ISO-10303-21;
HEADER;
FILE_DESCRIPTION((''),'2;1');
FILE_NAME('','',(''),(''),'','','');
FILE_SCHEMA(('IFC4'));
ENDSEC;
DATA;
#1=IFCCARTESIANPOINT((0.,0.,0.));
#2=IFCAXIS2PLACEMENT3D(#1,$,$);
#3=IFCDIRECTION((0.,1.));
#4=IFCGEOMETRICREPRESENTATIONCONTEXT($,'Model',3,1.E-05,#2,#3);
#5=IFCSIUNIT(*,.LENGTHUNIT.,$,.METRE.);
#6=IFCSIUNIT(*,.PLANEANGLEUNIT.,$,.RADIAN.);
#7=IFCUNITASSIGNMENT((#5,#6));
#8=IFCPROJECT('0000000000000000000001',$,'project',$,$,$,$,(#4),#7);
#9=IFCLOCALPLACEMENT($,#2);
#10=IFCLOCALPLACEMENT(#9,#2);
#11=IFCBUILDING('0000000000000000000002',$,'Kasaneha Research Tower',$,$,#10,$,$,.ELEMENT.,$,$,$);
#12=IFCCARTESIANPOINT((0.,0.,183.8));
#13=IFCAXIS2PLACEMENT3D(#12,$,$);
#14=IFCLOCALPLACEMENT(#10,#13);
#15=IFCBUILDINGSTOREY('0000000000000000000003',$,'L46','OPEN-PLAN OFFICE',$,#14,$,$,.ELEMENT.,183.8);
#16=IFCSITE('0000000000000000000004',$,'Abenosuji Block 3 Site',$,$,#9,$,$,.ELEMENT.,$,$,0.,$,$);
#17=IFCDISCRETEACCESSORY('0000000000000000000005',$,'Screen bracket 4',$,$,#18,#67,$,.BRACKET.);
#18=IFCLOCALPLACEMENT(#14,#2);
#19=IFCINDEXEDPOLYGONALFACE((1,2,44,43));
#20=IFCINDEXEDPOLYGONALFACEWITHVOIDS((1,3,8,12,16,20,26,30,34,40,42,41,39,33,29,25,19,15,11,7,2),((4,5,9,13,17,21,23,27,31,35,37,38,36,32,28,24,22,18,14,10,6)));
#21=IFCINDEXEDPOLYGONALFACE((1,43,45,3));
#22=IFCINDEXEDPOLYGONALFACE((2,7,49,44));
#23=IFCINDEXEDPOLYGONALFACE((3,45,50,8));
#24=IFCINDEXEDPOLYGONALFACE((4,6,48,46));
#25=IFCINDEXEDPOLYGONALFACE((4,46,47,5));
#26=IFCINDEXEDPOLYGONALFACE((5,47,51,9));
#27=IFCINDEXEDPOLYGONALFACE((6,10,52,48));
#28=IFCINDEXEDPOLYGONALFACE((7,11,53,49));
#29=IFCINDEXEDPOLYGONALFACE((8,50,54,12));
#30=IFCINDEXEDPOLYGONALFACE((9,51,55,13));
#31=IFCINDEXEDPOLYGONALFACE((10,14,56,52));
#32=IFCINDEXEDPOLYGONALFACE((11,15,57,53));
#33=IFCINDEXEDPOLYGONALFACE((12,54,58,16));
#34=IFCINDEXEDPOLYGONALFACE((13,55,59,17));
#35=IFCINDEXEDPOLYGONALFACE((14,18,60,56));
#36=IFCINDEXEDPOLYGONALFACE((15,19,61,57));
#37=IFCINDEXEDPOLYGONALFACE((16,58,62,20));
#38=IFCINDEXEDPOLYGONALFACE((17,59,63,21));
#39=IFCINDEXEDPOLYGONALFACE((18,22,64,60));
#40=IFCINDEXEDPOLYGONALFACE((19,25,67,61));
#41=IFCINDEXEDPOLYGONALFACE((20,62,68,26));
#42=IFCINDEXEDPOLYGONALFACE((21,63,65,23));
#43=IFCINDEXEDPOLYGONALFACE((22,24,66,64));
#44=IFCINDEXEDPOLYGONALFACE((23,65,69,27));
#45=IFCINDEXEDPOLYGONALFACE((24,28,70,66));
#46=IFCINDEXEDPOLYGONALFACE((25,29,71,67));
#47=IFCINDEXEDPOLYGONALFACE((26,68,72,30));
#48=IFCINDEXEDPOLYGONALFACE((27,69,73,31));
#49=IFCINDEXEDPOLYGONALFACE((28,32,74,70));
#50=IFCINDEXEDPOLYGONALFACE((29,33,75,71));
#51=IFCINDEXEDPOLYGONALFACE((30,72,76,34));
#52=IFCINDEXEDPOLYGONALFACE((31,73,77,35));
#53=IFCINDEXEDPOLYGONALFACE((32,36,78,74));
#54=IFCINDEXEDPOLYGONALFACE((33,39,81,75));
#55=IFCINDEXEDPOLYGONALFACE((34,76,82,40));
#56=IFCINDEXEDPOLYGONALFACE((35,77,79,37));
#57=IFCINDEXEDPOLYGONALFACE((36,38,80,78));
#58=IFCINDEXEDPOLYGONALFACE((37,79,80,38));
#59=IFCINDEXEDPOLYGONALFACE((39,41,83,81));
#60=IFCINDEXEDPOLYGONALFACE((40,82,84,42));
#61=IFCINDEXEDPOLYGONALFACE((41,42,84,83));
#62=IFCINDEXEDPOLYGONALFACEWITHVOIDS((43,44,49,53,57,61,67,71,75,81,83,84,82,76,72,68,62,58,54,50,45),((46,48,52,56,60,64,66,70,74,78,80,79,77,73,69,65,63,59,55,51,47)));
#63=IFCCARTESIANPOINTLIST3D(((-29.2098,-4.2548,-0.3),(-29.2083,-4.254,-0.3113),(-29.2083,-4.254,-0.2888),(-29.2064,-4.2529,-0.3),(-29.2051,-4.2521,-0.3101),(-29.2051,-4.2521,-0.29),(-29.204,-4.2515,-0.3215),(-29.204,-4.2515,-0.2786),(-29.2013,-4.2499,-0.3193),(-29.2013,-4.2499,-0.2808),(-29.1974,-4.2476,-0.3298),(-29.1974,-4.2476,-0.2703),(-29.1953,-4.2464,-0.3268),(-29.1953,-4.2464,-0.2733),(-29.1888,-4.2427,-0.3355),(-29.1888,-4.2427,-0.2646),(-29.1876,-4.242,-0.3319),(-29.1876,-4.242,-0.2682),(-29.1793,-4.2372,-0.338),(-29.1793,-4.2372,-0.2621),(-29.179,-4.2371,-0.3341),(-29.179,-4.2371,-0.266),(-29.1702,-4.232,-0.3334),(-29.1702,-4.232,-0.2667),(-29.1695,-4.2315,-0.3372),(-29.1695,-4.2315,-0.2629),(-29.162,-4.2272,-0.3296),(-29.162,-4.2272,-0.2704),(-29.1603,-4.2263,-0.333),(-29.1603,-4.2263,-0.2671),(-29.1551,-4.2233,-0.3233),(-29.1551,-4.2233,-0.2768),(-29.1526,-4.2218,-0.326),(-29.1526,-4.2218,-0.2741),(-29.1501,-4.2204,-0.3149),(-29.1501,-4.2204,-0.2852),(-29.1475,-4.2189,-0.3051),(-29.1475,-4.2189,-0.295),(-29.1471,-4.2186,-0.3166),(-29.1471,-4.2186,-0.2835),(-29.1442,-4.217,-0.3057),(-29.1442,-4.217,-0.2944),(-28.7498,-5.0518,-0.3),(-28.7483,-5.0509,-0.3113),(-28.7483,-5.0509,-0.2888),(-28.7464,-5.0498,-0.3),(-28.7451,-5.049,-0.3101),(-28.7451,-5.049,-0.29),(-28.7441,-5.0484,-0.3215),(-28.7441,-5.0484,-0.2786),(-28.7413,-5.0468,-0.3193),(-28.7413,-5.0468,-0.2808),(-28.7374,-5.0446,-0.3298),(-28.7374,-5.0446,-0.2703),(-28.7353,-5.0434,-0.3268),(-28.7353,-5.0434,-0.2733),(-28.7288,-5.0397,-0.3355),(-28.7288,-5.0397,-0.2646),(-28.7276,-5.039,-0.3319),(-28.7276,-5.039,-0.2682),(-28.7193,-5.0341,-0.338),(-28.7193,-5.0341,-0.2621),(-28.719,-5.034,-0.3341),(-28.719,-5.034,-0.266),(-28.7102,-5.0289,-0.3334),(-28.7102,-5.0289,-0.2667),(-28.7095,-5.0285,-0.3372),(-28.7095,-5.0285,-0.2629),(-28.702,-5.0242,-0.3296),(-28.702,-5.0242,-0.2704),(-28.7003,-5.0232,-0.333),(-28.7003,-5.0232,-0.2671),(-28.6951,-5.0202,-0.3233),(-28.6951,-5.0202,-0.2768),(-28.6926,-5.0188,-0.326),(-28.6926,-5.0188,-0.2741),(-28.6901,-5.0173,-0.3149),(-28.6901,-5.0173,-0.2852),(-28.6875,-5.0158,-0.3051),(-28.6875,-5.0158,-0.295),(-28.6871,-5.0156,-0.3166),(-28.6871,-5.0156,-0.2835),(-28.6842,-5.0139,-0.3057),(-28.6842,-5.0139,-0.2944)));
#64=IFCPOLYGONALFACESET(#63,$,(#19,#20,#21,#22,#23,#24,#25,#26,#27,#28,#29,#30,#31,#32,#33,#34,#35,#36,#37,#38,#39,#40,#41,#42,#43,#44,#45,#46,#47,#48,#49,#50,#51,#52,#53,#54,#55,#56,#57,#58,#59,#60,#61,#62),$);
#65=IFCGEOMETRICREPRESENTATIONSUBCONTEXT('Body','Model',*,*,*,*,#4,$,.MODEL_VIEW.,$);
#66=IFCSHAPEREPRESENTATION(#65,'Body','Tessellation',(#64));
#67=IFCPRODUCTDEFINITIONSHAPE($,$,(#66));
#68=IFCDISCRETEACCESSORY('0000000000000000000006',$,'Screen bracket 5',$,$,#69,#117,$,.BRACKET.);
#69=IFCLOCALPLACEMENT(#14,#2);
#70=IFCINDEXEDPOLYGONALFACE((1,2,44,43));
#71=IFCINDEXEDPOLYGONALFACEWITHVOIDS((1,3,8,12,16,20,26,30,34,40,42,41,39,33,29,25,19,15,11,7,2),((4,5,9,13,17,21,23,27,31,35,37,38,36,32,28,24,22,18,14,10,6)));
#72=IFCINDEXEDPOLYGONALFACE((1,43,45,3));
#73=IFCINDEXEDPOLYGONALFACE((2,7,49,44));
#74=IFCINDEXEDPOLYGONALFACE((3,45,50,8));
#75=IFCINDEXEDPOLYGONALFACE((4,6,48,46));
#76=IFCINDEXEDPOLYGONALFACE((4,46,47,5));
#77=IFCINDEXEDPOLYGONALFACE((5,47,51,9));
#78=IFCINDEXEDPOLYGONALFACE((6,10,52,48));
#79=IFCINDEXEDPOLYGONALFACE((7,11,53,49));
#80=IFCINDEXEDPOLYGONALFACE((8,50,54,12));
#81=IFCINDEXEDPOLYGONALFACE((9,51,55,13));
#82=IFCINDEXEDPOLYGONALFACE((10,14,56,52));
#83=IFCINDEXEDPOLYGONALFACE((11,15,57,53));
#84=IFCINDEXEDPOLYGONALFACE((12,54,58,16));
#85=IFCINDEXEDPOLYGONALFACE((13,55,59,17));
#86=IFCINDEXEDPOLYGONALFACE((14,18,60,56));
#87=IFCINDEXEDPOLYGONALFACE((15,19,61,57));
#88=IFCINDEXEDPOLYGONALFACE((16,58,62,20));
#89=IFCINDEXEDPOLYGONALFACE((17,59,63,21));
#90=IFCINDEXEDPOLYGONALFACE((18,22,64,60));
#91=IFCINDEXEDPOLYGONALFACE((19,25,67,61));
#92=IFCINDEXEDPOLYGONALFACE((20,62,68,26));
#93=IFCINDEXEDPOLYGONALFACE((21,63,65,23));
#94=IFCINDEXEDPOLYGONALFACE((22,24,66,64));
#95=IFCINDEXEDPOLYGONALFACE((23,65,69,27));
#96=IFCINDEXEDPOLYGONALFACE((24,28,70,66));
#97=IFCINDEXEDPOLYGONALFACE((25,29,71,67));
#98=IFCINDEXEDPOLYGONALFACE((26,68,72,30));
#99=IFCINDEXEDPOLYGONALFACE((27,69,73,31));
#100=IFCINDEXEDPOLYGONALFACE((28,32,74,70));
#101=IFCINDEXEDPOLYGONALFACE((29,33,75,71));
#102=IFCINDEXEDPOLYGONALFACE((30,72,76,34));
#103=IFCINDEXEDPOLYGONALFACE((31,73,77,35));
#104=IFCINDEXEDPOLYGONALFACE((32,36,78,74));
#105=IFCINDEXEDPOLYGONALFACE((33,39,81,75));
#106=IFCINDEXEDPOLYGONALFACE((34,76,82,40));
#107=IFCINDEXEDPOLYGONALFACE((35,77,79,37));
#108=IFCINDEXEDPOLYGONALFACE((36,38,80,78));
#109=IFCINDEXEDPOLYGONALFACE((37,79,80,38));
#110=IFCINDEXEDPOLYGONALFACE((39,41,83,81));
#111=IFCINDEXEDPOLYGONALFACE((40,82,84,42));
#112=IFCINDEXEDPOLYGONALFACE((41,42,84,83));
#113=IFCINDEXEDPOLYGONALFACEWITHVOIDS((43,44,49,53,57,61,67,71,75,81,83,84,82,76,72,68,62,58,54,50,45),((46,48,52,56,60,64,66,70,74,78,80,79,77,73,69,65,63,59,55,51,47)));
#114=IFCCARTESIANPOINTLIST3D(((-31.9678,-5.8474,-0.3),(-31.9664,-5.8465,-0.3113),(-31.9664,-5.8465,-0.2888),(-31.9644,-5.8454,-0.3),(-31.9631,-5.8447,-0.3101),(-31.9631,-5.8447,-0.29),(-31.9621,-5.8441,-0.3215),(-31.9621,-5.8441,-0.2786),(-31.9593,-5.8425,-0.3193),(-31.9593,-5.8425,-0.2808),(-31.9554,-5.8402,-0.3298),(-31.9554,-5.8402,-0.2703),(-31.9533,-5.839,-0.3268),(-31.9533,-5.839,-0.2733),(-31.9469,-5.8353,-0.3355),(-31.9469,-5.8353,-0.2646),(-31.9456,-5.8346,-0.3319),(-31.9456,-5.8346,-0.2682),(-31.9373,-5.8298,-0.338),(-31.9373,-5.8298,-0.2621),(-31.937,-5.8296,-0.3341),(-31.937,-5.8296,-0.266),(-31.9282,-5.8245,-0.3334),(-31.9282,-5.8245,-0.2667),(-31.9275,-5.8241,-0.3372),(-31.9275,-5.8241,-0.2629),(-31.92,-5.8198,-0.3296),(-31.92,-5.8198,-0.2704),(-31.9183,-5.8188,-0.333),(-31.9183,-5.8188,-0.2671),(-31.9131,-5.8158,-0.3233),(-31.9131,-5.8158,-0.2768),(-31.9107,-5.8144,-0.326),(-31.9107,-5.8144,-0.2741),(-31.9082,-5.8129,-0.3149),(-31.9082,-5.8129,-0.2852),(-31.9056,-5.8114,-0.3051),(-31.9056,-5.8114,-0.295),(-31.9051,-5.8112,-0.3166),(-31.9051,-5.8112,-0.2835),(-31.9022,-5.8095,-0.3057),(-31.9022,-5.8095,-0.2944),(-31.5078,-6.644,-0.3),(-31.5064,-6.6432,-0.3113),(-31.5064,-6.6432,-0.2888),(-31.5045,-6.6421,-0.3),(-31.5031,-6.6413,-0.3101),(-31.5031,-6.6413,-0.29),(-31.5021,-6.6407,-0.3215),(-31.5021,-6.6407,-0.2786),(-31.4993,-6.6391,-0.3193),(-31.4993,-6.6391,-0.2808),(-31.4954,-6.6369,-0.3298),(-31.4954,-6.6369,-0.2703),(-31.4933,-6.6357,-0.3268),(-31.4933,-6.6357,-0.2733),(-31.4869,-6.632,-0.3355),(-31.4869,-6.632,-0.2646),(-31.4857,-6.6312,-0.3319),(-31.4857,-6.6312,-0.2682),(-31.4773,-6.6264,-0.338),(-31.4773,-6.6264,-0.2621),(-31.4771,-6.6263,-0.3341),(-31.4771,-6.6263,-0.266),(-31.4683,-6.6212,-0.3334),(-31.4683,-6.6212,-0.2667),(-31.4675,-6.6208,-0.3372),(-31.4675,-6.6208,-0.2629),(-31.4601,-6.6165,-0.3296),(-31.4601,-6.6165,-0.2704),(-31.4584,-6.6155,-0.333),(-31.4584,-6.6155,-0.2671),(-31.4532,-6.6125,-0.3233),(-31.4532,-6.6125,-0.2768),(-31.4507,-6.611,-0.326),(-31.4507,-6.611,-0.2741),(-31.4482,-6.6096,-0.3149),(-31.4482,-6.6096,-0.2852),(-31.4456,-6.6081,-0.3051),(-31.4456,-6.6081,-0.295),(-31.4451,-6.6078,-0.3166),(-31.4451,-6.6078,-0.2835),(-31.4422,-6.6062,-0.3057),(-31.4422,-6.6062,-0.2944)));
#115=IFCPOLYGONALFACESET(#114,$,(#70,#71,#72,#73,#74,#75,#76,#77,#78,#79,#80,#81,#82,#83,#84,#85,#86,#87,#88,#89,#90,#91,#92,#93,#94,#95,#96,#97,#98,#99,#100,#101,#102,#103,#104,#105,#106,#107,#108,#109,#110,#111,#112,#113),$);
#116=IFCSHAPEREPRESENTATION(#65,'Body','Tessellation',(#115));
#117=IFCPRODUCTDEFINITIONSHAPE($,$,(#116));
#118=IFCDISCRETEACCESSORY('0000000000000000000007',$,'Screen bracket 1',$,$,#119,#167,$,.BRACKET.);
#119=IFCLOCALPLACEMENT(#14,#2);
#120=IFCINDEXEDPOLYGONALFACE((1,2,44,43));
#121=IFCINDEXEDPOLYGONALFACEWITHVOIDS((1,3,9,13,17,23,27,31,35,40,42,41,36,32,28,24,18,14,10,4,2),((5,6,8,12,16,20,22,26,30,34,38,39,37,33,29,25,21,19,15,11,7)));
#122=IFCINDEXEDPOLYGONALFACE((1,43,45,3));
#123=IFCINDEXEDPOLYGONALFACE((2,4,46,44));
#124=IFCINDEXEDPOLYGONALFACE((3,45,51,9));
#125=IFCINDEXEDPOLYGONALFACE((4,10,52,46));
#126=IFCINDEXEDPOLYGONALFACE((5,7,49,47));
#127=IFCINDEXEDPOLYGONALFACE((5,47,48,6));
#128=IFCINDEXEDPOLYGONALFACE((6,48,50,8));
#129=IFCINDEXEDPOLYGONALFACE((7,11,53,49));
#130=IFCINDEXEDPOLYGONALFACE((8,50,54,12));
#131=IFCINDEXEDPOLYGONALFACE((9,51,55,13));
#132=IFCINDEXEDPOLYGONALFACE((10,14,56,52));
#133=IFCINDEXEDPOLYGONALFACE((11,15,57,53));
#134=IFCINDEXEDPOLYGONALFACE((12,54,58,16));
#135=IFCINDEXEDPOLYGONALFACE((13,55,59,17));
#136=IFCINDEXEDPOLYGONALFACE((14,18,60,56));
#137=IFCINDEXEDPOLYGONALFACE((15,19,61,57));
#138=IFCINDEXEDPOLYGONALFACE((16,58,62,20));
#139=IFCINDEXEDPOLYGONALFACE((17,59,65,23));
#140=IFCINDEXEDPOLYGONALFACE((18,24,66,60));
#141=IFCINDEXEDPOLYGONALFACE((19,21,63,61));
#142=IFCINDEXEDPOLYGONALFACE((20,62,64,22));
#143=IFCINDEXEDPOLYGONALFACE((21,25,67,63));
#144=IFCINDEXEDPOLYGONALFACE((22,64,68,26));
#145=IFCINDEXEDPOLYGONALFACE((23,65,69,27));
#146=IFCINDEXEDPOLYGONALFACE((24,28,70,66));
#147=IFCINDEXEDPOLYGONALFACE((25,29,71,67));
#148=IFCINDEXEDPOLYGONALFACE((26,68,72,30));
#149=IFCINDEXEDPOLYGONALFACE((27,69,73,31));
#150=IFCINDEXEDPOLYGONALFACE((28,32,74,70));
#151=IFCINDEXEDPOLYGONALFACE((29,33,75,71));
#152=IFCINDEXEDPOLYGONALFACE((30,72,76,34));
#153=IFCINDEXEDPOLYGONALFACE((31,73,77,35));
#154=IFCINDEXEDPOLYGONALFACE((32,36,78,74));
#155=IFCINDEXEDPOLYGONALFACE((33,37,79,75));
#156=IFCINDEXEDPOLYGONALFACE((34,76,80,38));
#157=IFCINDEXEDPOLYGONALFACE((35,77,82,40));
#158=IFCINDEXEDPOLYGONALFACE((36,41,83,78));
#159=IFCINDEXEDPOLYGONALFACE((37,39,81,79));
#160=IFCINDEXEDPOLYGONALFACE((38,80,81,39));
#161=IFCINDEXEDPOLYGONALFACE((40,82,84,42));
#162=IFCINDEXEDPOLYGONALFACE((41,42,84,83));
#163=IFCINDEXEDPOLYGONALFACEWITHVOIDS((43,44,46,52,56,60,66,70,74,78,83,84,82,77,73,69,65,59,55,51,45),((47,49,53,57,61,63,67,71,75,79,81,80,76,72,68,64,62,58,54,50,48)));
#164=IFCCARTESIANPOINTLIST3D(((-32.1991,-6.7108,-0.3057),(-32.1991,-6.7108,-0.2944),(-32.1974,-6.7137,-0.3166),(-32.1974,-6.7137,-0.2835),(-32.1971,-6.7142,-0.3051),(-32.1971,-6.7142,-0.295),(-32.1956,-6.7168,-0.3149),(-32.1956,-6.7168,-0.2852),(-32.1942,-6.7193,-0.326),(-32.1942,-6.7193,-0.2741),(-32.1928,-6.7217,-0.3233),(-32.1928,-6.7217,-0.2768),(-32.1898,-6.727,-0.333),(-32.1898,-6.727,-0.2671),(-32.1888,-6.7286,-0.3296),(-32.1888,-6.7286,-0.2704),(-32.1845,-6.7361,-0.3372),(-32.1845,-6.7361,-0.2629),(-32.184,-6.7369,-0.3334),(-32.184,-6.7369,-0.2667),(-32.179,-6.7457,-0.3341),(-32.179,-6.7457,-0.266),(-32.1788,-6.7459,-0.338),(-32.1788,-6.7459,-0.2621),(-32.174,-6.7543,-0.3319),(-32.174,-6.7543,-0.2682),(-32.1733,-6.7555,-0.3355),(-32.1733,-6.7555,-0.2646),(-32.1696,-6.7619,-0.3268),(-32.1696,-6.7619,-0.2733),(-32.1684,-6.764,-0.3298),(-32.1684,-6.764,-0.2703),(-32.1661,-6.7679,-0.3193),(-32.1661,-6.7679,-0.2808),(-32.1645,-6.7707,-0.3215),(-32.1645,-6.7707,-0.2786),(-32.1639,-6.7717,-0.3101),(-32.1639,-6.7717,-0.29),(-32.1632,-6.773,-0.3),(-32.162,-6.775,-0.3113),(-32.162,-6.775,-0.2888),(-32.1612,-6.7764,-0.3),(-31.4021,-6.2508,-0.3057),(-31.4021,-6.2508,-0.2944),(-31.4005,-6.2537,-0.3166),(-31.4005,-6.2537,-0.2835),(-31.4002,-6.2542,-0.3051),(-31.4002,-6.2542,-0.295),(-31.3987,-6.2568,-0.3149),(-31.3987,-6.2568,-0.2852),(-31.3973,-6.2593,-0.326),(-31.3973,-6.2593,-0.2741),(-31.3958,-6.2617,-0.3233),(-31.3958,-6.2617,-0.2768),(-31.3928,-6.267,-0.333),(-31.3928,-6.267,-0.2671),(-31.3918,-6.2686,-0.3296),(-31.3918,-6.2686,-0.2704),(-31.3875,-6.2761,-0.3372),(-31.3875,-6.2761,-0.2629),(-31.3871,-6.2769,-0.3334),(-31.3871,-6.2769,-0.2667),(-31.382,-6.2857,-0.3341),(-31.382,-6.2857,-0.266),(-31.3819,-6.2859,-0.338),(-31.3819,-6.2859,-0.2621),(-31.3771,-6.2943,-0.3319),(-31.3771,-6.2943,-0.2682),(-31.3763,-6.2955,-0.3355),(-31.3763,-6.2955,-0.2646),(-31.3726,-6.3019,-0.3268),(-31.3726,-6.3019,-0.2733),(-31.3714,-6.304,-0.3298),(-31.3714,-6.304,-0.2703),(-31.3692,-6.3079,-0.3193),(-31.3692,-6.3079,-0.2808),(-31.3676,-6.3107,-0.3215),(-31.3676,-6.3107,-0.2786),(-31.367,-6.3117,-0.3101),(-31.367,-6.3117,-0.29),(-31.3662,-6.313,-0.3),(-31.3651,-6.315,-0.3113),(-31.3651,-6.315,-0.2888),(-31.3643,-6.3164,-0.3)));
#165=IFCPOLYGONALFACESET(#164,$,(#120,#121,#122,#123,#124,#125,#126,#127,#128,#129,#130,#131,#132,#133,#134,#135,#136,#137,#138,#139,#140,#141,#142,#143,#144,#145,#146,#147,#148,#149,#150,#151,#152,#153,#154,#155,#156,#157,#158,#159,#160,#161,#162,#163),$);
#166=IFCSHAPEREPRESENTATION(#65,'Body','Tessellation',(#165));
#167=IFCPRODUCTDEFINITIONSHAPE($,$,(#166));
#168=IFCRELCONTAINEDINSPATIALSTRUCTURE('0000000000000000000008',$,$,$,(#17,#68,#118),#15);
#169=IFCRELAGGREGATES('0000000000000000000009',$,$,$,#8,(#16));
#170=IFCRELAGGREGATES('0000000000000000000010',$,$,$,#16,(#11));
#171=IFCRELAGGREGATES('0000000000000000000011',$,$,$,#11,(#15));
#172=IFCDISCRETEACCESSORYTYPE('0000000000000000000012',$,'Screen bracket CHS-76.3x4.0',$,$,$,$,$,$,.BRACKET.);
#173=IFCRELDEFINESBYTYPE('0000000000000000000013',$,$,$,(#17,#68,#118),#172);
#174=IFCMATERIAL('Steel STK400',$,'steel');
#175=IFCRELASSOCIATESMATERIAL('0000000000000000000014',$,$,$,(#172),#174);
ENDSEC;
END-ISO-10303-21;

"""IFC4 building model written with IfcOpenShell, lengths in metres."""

from ifc_helpers import new_model, si_unit, direction, frame, origin, origin_2d, place, context, subcontext, project, spatial, hollow_circle, extrude, material, material_profile, profile_set, type_object, element, save


model = new_model("IFC4")

# Units and contexts
model_context = context("Model", 3, precision=1e-05, world=origin(), true_north=direction((0.0, 1.0)))
body_context = subcontext(model_context, "Body", "Model", "MODEL_VIEW")
ifc_project = project(units=[si_unit("LENGTHUNIT", "METRE"), si_unit("PLANEANGLEUNIT", "RADIAN")], contexts=[model_context])

# Site, building, storey
site_placement = place(None, origin())
site = spatial("IfcSite", under=ifc_project, at=site_placement, Name="Abenosuji Block 3 Site", CompositionType="ELEMENT", RefElevation=0.0)
building_placement = place(site_placement, origin())
building = spatial("IfcBuilding", under=site, at=building_placement, Name="Kasaneha Research Tower", CompositionType="ELEMENT")
storey_placement = place(building_placement, frame((0.0, 0.0, 183.8)))
storey = spatial("IfcBuildingStorey", under=building, at=storey_placement, Name="L46", Description="OPEN-PLAN OFFICE", CompositionType="ELEMENT", Elevation=183.8)

# Discrete accessories
ifc_material_1 = material(Name="Steel STK400", Category="steel")
ifc_material_profile_1 = material_profile(ifc_material_1, hollow_circle(Radius=0.0381, WallThickness=0.0039, at=origin_2d()), Name="CHS-76.3x4.0")
ifc_profile_set_1 = profile_set([ifc_material_profile_1], Name="Steel STK400")
discrete_accessory_type = type_object("IfcDiscreteAccessoryType", Name="Screen bracket CHS-76.3x4.0", PredefinedType="BRACKET", material=ifc_profile_set_1)
discrete_accessory_1_placement = place(storey_placement, frame((-28.7168, -5.0327, -0.3), z_axis=(-0.499906, 0.86608, 0.0), x_axis=(-0.86608, -0.499906, 0.0)))
element("IfcDiscreteAccessory", 1, at=discrete_accessory_1_placement, inside=storey, type_object=discrete_accessory_type, Name="Screen bracket 4", PredefinedType="BRACKET", context=body_context, shape_type="SweptSolid", body=[
    extrude(hollow_circle(Radius=0.0381, WallThickness=0.0039, at=origin_2d()), origin(), (0.0, 0.0, 1.0), 0.9202),
])
discrete_accessory_2_placement = place(storey_placement, frame((-31.4749, -6.625, -0.3), z_axis=(-0.500021, 0.866013, 0.0), x_axis=(-0.866013, -0.500021, 0.0)))
element("IfcDiscreteAccessory", 2, at=discrete_accessory_2_placement, inside=storey, type_object=discrete_accessory_type, Name="Screen bracket 5", PredefinedType="BRACKET", context=body_context, shape_type="SweptSolid", body=[
    extrude(hollow_circle(Radius=0.0381, WallThickness=0.0039, at=origin_2d()), origin(), (0.0, 0.0, 1.0), 0.9199),
])
discrete_accessory_3_placement = place(storey_placement, frame((-31.3833, -6.2834, -0.3), z_axis=(-0.86608, -0.499906, 0.0), x_axis=(0.499906, -0.86608, 0.0)))
element("IfcDiscreteAccessory", 3, at=discrete_accessory_3_placement, inside=storey, type_object=discrete_accessory_type, Name="Screen bracket 1", PredefinedType="BRACKET", context=body_context, shape_type="SweptSolid", body=[
    extrude(hollow_circle(Radius=0.0381, WallThickness=0.0039, at=origin_2d()), origin(), (0.0, 0.0, 1.0), 0.9202),
])

save(model, "model.ifc")
